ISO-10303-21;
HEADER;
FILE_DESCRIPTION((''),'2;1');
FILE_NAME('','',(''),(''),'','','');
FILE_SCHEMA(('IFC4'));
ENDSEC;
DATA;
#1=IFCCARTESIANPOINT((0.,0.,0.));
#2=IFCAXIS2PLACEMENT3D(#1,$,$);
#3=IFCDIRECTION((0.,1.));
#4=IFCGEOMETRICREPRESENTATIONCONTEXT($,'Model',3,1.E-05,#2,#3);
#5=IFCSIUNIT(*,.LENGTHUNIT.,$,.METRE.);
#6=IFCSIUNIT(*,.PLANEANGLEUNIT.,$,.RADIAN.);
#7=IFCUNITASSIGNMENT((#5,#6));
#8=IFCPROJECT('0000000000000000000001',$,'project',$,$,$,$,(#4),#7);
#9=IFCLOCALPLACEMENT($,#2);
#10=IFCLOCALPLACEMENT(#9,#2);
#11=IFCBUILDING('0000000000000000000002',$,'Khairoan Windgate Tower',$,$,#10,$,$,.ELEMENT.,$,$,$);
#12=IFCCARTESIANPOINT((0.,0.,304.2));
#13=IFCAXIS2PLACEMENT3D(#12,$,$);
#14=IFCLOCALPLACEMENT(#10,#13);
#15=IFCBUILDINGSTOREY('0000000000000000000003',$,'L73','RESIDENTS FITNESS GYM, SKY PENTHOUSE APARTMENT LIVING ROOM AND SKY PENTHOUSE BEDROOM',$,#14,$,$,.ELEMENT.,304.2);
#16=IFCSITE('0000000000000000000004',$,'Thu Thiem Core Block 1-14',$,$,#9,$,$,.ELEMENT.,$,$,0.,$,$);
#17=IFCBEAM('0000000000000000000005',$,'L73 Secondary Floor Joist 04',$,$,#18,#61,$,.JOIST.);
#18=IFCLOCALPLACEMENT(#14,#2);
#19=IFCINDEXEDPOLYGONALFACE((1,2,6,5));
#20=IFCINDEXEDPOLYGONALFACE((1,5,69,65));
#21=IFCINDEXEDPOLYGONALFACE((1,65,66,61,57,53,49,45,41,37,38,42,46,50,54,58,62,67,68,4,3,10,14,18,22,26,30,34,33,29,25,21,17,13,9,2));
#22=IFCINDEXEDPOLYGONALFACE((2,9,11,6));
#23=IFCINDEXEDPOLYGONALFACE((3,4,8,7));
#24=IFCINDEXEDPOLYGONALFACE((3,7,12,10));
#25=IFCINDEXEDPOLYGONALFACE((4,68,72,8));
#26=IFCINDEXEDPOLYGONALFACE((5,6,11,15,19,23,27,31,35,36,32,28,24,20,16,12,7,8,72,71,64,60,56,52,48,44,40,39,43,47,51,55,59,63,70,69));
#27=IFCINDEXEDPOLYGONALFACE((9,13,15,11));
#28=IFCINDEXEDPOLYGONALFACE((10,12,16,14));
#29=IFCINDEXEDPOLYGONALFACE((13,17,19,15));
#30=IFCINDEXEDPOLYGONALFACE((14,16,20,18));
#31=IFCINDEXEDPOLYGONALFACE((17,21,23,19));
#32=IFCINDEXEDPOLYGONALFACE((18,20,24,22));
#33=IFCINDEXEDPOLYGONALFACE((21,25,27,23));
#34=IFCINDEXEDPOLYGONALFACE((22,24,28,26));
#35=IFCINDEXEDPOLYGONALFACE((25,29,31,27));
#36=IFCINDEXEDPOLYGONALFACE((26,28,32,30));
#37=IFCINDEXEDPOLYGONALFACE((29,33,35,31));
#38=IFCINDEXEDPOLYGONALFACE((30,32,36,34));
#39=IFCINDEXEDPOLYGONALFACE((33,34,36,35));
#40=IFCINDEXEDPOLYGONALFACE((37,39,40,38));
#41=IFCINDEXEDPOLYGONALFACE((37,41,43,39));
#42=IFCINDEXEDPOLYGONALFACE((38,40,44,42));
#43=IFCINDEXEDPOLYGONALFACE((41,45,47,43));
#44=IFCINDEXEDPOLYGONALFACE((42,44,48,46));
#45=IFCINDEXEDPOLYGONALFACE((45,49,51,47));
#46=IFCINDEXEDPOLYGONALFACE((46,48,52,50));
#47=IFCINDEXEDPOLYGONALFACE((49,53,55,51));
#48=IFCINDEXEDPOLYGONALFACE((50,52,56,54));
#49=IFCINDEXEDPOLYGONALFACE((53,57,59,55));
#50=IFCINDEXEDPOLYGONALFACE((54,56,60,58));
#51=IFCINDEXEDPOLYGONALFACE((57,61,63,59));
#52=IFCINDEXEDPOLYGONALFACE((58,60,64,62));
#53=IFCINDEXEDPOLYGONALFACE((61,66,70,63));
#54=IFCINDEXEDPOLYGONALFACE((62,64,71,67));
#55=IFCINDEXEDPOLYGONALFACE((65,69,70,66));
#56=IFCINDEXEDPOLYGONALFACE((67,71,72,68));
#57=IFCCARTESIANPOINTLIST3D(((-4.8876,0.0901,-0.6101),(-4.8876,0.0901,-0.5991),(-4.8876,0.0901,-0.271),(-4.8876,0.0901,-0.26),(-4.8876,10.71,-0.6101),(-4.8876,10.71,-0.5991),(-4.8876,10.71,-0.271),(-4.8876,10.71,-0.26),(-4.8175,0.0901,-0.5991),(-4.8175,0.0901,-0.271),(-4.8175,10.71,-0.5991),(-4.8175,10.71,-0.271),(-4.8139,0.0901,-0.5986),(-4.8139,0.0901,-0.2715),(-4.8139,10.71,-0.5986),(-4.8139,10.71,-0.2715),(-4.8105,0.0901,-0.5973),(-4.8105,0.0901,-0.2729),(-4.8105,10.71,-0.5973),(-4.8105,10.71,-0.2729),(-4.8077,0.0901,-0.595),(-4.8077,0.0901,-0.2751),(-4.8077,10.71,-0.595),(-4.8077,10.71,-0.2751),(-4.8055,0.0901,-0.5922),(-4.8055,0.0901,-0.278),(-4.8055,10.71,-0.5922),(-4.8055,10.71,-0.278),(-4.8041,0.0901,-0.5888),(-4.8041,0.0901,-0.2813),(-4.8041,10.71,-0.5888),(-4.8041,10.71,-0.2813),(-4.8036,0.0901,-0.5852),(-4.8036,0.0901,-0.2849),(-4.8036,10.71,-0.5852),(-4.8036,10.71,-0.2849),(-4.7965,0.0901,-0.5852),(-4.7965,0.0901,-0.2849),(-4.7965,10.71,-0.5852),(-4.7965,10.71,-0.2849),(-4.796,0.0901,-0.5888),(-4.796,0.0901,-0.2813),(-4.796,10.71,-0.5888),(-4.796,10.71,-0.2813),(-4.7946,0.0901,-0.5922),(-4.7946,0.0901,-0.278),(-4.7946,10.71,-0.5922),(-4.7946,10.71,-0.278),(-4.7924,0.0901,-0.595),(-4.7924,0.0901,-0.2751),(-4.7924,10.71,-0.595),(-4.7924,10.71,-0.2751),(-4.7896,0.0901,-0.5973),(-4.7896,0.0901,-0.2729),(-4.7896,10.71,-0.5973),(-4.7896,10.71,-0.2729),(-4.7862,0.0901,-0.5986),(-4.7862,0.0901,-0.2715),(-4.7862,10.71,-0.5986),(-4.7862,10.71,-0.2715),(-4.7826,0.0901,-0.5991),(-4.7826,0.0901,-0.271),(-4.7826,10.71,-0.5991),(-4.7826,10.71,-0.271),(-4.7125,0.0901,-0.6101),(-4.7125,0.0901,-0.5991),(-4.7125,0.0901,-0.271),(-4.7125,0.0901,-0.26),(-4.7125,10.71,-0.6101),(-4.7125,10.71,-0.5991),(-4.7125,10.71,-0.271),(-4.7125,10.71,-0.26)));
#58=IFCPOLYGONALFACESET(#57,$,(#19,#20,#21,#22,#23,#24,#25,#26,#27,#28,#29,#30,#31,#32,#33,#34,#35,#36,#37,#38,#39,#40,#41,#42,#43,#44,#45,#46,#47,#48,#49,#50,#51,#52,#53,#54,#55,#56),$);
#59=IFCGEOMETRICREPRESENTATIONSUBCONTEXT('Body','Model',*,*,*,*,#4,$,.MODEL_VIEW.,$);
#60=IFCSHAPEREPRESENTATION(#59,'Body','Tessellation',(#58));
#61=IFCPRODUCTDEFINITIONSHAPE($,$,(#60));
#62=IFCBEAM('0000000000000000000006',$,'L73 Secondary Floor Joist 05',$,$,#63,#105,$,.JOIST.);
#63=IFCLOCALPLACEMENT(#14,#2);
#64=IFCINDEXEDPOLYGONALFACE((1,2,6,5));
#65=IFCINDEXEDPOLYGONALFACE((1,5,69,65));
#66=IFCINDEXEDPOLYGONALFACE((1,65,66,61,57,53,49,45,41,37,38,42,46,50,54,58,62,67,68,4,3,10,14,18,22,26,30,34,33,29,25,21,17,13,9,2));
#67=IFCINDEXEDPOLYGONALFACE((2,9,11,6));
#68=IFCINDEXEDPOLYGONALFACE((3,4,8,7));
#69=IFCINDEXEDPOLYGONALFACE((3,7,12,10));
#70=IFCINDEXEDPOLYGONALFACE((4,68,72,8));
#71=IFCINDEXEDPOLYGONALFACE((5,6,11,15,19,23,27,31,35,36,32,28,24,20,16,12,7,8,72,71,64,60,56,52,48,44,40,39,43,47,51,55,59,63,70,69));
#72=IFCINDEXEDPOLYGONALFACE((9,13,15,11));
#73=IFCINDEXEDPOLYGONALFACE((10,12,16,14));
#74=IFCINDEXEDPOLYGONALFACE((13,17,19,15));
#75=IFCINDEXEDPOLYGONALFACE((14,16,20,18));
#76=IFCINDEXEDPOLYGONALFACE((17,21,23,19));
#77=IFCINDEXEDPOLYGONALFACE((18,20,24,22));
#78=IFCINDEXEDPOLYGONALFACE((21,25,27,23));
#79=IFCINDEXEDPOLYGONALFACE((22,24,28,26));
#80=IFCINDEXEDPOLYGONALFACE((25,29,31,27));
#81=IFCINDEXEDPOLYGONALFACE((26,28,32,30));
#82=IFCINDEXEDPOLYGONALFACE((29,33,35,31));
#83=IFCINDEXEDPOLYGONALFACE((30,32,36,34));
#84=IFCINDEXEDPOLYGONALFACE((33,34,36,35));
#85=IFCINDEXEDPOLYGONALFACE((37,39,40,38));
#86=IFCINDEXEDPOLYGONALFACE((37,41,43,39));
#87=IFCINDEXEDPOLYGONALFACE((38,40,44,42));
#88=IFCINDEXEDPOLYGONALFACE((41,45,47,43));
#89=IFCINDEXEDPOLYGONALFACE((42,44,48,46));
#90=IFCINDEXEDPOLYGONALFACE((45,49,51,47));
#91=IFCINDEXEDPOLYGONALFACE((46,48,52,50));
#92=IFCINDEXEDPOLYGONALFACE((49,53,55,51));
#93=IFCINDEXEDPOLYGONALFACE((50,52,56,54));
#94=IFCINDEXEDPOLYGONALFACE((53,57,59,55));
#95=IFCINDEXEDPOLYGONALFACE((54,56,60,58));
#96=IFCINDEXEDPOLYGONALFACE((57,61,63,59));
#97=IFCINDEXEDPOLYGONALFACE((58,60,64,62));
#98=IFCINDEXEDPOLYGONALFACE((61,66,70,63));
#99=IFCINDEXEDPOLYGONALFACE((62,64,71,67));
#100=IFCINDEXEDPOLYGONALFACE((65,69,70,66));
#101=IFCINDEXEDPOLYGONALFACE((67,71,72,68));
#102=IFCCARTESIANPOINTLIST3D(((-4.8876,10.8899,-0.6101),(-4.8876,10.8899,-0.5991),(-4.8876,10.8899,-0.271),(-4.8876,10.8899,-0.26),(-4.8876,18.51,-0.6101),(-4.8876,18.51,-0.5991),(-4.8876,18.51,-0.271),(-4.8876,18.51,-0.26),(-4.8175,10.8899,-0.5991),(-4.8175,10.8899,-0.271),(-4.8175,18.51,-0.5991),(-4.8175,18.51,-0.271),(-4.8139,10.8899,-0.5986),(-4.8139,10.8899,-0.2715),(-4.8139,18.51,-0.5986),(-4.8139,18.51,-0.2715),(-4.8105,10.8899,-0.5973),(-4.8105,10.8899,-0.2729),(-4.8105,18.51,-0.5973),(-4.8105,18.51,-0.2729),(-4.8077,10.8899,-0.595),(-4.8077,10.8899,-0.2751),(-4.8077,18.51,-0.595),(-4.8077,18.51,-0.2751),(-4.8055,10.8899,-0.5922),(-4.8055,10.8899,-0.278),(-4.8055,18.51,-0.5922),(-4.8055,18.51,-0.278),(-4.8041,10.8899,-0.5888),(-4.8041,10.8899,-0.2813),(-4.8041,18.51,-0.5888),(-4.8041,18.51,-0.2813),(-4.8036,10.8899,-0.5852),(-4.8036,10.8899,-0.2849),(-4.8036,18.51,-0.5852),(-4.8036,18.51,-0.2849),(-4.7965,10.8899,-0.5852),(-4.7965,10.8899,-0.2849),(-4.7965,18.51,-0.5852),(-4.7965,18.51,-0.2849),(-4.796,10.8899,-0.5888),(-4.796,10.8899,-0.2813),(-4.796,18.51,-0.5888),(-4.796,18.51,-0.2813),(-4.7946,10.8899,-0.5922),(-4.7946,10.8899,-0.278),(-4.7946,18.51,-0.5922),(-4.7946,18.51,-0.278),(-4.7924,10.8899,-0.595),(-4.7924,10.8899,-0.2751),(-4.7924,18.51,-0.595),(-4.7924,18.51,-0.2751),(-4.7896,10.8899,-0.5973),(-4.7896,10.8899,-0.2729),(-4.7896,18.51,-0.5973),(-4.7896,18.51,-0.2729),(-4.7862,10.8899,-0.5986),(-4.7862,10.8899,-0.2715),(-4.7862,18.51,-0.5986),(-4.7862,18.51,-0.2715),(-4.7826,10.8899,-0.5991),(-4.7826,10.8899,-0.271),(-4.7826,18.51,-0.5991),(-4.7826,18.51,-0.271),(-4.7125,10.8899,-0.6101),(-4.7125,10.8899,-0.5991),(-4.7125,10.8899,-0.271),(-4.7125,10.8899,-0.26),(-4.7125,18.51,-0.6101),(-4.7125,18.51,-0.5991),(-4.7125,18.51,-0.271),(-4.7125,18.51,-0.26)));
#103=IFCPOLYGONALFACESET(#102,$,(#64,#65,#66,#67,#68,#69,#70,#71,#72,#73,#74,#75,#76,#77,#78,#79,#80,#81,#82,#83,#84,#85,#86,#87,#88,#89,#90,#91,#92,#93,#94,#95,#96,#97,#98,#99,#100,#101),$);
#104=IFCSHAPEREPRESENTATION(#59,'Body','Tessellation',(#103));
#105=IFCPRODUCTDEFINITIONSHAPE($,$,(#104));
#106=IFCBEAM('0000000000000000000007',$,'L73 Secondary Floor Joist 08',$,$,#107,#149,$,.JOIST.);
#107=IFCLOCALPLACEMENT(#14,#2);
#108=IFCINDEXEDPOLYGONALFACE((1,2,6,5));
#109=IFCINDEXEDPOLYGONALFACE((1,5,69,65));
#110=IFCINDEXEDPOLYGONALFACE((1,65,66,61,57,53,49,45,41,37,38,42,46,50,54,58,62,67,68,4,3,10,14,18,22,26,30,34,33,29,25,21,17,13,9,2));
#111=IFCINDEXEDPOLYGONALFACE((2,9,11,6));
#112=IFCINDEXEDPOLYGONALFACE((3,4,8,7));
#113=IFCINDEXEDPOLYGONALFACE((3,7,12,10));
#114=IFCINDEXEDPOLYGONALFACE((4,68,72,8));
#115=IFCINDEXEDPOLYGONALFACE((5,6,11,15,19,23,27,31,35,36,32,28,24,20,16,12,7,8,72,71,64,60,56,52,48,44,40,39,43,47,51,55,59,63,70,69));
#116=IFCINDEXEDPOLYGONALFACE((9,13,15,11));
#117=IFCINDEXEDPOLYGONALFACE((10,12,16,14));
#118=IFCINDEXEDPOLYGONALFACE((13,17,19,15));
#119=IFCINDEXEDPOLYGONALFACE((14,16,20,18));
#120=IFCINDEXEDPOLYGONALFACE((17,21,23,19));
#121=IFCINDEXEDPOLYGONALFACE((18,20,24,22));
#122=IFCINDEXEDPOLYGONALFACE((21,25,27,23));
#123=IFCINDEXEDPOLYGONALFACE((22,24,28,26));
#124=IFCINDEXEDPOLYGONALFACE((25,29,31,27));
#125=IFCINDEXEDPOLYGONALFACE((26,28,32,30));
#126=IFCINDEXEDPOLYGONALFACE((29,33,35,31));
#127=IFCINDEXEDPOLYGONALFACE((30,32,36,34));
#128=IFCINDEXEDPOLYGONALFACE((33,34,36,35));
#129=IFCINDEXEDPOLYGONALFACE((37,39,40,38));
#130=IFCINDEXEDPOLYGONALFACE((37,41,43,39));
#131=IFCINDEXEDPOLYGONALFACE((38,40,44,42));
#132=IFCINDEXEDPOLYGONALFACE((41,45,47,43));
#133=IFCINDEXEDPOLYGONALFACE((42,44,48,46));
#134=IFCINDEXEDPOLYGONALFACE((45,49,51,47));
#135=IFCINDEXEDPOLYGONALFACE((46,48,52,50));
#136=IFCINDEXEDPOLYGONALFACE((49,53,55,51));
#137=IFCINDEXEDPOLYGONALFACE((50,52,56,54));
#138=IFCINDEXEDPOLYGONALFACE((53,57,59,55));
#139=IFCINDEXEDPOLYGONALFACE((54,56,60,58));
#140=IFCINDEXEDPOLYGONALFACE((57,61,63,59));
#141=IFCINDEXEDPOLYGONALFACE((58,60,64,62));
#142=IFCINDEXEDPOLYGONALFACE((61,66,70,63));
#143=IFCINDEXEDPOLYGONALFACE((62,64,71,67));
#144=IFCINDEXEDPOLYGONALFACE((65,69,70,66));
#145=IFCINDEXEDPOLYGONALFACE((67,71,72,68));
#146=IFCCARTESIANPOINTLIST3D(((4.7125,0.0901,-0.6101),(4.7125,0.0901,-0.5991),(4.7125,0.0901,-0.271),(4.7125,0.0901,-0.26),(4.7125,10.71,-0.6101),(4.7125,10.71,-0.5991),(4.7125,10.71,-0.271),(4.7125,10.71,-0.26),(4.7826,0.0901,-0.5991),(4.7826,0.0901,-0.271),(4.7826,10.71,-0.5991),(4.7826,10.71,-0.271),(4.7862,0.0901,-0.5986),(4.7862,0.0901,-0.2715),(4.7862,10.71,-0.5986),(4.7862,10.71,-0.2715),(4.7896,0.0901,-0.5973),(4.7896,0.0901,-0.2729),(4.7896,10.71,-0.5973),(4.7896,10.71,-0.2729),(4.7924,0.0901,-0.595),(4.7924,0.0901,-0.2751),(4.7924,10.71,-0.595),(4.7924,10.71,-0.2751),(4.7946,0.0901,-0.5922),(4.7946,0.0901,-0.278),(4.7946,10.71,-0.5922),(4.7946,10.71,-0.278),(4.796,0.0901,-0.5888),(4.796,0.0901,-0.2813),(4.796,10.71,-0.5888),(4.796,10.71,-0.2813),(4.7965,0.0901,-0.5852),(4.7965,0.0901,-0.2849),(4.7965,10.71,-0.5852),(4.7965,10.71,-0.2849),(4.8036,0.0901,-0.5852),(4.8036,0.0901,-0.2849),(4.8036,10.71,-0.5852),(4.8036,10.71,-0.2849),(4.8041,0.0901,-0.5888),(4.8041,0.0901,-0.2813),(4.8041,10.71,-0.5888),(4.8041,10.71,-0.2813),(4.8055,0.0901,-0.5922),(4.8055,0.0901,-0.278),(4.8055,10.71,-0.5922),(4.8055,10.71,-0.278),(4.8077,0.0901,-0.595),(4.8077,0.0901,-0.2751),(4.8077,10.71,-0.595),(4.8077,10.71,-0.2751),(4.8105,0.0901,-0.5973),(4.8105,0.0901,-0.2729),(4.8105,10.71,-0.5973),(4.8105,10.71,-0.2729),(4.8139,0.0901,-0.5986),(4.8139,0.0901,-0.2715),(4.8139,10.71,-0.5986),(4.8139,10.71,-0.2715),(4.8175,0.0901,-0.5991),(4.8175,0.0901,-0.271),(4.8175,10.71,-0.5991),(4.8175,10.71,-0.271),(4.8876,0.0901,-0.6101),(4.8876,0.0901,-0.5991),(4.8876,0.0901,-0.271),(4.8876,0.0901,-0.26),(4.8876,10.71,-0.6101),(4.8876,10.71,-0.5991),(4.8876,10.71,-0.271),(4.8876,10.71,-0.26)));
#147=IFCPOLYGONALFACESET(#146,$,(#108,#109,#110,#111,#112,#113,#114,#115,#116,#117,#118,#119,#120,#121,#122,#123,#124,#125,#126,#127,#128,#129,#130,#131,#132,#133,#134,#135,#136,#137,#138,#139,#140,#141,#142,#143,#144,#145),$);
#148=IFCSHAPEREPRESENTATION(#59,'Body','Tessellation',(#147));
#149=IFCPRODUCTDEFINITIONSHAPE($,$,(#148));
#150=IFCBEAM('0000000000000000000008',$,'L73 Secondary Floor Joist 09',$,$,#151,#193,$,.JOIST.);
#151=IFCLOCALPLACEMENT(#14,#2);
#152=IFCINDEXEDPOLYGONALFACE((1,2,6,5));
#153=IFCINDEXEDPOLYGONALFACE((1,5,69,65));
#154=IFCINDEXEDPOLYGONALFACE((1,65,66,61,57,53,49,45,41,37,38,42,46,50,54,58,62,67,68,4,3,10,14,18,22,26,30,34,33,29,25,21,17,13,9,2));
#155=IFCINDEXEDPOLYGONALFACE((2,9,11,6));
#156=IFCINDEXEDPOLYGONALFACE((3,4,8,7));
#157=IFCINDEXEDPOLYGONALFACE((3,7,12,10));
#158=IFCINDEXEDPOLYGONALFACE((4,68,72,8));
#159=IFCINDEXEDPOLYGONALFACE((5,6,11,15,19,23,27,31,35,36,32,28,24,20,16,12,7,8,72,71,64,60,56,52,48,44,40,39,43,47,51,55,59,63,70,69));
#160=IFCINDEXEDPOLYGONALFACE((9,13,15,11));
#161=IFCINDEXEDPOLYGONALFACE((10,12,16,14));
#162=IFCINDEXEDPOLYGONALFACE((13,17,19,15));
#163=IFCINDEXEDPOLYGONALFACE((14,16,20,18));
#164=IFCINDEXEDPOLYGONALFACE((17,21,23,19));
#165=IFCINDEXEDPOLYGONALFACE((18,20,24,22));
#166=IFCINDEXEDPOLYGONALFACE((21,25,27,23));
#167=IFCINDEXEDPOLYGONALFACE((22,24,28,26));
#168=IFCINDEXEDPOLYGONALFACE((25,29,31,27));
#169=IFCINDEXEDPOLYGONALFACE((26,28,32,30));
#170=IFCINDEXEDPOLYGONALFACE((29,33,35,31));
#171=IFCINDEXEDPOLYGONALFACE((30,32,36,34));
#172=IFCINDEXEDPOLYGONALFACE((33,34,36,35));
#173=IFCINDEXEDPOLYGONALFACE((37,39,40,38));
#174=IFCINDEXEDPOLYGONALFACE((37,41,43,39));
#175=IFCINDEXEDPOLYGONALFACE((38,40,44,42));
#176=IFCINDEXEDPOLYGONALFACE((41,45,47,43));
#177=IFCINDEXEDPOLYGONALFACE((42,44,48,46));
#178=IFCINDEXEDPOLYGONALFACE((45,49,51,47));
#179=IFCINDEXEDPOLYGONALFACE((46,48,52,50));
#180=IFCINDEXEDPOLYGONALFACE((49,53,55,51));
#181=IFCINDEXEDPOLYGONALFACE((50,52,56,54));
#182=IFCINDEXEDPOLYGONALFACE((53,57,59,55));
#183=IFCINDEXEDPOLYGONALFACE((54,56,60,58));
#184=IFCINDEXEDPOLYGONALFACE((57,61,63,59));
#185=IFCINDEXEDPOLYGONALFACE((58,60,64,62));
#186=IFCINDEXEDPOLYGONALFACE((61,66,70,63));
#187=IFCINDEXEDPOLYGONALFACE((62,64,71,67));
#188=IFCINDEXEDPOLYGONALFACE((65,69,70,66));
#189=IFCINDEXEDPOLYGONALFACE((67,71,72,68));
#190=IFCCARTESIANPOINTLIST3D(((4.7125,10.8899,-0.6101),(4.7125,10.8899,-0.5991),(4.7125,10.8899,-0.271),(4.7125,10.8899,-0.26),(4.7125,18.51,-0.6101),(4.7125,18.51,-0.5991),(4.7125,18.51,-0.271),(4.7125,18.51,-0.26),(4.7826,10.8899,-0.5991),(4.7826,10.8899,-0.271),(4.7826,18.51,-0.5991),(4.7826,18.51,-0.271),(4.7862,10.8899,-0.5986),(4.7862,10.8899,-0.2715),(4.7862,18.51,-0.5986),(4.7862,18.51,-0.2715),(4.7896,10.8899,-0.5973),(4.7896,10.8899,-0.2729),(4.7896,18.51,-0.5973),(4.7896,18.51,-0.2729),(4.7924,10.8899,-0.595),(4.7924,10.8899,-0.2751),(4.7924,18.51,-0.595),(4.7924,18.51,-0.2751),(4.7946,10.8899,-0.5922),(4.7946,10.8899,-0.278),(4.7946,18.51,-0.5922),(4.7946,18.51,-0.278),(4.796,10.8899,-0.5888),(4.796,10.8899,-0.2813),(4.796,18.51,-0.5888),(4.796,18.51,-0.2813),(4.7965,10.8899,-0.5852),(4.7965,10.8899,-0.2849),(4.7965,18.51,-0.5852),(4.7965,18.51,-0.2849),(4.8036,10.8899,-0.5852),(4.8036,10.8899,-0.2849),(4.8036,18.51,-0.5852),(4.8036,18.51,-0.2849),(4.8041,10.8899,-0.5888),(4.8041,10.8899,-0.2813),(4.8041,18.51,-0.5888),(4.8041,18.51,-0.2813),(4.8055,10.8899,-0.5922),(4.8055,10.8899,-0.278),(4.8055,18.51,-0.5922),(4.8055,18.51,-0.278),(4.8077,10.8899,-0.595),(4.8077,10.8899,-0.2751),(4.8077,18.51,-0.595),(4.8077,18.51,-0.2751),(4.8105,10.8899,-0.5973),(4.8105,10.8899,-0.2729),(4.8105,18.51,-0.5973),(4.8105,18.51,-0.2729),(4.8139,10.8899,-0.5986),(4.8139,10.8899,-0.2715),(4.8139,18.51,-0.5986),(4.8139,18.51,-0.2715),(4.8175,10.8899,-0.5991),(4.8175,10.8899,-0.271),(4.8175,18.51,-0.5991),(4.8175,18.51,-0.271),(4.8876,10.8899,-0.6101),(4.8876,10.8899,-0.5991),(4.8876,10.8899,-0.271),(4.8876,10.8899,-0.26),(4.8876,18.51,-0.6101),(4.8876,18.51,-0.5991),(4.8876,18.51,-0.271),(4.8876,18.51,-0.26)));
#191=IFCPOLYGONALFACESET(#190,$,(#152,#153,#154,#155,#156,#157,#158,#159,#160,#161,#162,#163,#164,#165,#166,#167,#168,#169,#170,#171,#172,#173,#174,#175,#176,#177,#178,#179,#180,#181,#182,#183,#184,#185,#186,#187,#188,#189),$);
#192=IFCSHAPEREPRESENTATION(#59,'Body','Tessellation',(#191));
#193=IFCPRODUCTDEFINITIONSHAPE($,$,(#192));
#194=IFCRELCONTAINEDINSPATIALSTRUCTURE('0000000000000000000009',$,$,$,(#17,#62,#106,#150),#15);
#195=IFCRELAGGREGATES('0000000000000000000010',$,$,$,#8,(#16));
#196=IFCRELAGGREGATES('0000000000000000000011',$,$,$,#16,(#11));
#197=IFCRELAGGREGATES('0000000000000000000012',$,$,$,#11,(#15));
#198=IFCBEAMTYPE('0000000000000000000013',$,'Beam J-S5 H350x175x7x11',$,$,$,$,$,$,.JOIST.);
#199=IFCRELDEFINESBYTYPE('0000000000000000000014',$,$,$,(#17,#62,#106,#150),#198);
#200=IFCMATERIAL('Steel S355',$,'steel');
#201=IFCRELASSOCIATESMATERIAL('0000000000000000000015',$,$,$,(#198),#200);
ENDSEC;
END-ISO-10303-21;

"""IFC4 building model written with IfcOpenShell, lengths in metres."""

from ifc_helpers import new_model, si_unit, direction, frame, origin, origin_2d, place, context, subcontext, project, spatial, i_section, extrude, material, material_profile, profile_set, type_object, element, save


model = new_model("IFC4")

# Units and contexts
model_context = context("Model", 3, precision=1e-05, world=origin(), true_north=direction((0.0, 1.0)))
body_context = subcontext(model_context, "Body", "Model", "MODEL_VIEW")
ifc_project = project(units=[si_unit("LENGTHUNIT", "METRE"), si_unit("PLANEANGLEUNIT", "RADIAN")], contexts=[model_context])

# Site, building, storey
site_placement = place(None, origin())
site = spatial("IfcSite", under=ifc_project, at=site_placement, Name="Thu Thiem Core Block 1-14", CompositionType="ELEMENT", RefElevation=0.0)
building_placement = place(site_placement, origin())
building = spatial("IfcBuilding", under=site, at=building_placement, Name="Khairoan Windgate Tower", CompositionType="ELEMENT")
storey_placement = place(building_placement, frame((0.0, 0.0, 304.2)))
storey = spatial("IfcBuildingStorey", under=building, at=storey_placement, Name="L73", Description="RESIDENTS FITNESS GYM, SKY PENTHOUSE APARTMENT LIVING ROOM AND SKY PENTHOUSE BEDROOM", CompositionType="ELEMENT", Elevation=304.2)

# Beams
ifc_material_1 = material(Name="Steel S355", Category="steel")
ifc_material_profile = material_profile(ifc_material_1, i_section(OverallWidth=0.175, OverallDepth=0.3501, WebThickness=0.0071, FlangeThickness=0.011, FilletRadius=0.0139, at=origin_2d()))
ifc_profile_set = profile_set([ifc_material_profile], Name="Steel S355")
beam_type = type_object("IfcBeamType", Name="Beam J-S5 H350x175x7x11", PredefinedType="JOIST", material=ifc_profile_set)
beam_1_placement = place(storey_placement, frame((-4.8, 0.0901, -0.4351), z_axis=(0.0, 1.0, 0.0), x_axis=(-1.0, 0.0, 0.0)))
element("IfcBeam", 1, at=beam_1_placement, inside=storey, type_object=beam_type, Name="L73 Secondary Floor Joist 04", PredefinedType="JOIST", context=body_context, shape_type="SweptSolid", body=[
    extrude(i_section(OverallWidth=0.175, OverallDepth=0.3501, WebThickness=0.0071, FlangeThickness=0.011, FilletRadius=0.0139, at=origin_2d()), origin(), (0.0, 0.0, 1.0), 10.6199),
])
beam_2_placement = place(storey_placement, frame((-4.8, 10.8899, -0.4351), z_axis=(0.0, 1.0, 0.0), x_axis=(-1.0, 0.0, 0.0)))
element("IfcBeam", 2, at=beam_2_placement, inside=storey, type_object=beam_type, Name="L73 Secondary Floor Joist 05", PredefinedType="JOIST", context=body_context, shape_type="SweptSolid", body=[
    extrude(i_section(OverallWidth=0.175, OverallDepth=0.3501, WebThickness=0.0071, FlangeThickness=0.011, FilletRadius=0.0139, at=origin_2d()), origin(), (0.0, 0.0, 1.0), 7.6201),
])
beam_3_placement = place(storey_placement, frame((4.8, 0.0901, -0.4351), z_axis=(0.0, 1.0, 0.0), x_axis=(-1.0, 0.0, 0.0)))
element("IfcBeam", 3, at=beam_3_placement, inside=storey, type_object=beam_type, Name="L73 Secondary Floor Joist 08", PredefinedType="JOIST", context=body_context, shape_type="SweptSolid", body=[
    extrude(i_section(OverallWidth=0.175, OverallDepth=0.3501, WebThickness=0.0071, FlangeThickness=0.011, FilletRadius=0.0139, at=origin_2d()), origin(), (0.0, 0.0, 1.0), 10.6199),
])
beam_4_placement = place(storey_placement, frame((4.8, 10.8899, -0.4351), z_axis=(0.0, 1.0, 0.0), x_axis=(-1.0, 0.0, 0.0)))
element("IfcBeam", 4, at=beam_4_placement, inside=storey, type_object=beam_type, Name="L73 Secondary Floor Joist 09", PredefinedType="JOIST", context=body_context, shape_type="SweptSolid", body=[
    extrude(i_section(OverallWidth=0.175, OverallDepth=0.3501, WebThickness=0.0071, FlangeThickness=0.011, FilletRadius=0.0139, at=origin_2d()), origin(), (0.0, 0.0, 1.0), 7.6201),
])

save(model, "model.ifc")
